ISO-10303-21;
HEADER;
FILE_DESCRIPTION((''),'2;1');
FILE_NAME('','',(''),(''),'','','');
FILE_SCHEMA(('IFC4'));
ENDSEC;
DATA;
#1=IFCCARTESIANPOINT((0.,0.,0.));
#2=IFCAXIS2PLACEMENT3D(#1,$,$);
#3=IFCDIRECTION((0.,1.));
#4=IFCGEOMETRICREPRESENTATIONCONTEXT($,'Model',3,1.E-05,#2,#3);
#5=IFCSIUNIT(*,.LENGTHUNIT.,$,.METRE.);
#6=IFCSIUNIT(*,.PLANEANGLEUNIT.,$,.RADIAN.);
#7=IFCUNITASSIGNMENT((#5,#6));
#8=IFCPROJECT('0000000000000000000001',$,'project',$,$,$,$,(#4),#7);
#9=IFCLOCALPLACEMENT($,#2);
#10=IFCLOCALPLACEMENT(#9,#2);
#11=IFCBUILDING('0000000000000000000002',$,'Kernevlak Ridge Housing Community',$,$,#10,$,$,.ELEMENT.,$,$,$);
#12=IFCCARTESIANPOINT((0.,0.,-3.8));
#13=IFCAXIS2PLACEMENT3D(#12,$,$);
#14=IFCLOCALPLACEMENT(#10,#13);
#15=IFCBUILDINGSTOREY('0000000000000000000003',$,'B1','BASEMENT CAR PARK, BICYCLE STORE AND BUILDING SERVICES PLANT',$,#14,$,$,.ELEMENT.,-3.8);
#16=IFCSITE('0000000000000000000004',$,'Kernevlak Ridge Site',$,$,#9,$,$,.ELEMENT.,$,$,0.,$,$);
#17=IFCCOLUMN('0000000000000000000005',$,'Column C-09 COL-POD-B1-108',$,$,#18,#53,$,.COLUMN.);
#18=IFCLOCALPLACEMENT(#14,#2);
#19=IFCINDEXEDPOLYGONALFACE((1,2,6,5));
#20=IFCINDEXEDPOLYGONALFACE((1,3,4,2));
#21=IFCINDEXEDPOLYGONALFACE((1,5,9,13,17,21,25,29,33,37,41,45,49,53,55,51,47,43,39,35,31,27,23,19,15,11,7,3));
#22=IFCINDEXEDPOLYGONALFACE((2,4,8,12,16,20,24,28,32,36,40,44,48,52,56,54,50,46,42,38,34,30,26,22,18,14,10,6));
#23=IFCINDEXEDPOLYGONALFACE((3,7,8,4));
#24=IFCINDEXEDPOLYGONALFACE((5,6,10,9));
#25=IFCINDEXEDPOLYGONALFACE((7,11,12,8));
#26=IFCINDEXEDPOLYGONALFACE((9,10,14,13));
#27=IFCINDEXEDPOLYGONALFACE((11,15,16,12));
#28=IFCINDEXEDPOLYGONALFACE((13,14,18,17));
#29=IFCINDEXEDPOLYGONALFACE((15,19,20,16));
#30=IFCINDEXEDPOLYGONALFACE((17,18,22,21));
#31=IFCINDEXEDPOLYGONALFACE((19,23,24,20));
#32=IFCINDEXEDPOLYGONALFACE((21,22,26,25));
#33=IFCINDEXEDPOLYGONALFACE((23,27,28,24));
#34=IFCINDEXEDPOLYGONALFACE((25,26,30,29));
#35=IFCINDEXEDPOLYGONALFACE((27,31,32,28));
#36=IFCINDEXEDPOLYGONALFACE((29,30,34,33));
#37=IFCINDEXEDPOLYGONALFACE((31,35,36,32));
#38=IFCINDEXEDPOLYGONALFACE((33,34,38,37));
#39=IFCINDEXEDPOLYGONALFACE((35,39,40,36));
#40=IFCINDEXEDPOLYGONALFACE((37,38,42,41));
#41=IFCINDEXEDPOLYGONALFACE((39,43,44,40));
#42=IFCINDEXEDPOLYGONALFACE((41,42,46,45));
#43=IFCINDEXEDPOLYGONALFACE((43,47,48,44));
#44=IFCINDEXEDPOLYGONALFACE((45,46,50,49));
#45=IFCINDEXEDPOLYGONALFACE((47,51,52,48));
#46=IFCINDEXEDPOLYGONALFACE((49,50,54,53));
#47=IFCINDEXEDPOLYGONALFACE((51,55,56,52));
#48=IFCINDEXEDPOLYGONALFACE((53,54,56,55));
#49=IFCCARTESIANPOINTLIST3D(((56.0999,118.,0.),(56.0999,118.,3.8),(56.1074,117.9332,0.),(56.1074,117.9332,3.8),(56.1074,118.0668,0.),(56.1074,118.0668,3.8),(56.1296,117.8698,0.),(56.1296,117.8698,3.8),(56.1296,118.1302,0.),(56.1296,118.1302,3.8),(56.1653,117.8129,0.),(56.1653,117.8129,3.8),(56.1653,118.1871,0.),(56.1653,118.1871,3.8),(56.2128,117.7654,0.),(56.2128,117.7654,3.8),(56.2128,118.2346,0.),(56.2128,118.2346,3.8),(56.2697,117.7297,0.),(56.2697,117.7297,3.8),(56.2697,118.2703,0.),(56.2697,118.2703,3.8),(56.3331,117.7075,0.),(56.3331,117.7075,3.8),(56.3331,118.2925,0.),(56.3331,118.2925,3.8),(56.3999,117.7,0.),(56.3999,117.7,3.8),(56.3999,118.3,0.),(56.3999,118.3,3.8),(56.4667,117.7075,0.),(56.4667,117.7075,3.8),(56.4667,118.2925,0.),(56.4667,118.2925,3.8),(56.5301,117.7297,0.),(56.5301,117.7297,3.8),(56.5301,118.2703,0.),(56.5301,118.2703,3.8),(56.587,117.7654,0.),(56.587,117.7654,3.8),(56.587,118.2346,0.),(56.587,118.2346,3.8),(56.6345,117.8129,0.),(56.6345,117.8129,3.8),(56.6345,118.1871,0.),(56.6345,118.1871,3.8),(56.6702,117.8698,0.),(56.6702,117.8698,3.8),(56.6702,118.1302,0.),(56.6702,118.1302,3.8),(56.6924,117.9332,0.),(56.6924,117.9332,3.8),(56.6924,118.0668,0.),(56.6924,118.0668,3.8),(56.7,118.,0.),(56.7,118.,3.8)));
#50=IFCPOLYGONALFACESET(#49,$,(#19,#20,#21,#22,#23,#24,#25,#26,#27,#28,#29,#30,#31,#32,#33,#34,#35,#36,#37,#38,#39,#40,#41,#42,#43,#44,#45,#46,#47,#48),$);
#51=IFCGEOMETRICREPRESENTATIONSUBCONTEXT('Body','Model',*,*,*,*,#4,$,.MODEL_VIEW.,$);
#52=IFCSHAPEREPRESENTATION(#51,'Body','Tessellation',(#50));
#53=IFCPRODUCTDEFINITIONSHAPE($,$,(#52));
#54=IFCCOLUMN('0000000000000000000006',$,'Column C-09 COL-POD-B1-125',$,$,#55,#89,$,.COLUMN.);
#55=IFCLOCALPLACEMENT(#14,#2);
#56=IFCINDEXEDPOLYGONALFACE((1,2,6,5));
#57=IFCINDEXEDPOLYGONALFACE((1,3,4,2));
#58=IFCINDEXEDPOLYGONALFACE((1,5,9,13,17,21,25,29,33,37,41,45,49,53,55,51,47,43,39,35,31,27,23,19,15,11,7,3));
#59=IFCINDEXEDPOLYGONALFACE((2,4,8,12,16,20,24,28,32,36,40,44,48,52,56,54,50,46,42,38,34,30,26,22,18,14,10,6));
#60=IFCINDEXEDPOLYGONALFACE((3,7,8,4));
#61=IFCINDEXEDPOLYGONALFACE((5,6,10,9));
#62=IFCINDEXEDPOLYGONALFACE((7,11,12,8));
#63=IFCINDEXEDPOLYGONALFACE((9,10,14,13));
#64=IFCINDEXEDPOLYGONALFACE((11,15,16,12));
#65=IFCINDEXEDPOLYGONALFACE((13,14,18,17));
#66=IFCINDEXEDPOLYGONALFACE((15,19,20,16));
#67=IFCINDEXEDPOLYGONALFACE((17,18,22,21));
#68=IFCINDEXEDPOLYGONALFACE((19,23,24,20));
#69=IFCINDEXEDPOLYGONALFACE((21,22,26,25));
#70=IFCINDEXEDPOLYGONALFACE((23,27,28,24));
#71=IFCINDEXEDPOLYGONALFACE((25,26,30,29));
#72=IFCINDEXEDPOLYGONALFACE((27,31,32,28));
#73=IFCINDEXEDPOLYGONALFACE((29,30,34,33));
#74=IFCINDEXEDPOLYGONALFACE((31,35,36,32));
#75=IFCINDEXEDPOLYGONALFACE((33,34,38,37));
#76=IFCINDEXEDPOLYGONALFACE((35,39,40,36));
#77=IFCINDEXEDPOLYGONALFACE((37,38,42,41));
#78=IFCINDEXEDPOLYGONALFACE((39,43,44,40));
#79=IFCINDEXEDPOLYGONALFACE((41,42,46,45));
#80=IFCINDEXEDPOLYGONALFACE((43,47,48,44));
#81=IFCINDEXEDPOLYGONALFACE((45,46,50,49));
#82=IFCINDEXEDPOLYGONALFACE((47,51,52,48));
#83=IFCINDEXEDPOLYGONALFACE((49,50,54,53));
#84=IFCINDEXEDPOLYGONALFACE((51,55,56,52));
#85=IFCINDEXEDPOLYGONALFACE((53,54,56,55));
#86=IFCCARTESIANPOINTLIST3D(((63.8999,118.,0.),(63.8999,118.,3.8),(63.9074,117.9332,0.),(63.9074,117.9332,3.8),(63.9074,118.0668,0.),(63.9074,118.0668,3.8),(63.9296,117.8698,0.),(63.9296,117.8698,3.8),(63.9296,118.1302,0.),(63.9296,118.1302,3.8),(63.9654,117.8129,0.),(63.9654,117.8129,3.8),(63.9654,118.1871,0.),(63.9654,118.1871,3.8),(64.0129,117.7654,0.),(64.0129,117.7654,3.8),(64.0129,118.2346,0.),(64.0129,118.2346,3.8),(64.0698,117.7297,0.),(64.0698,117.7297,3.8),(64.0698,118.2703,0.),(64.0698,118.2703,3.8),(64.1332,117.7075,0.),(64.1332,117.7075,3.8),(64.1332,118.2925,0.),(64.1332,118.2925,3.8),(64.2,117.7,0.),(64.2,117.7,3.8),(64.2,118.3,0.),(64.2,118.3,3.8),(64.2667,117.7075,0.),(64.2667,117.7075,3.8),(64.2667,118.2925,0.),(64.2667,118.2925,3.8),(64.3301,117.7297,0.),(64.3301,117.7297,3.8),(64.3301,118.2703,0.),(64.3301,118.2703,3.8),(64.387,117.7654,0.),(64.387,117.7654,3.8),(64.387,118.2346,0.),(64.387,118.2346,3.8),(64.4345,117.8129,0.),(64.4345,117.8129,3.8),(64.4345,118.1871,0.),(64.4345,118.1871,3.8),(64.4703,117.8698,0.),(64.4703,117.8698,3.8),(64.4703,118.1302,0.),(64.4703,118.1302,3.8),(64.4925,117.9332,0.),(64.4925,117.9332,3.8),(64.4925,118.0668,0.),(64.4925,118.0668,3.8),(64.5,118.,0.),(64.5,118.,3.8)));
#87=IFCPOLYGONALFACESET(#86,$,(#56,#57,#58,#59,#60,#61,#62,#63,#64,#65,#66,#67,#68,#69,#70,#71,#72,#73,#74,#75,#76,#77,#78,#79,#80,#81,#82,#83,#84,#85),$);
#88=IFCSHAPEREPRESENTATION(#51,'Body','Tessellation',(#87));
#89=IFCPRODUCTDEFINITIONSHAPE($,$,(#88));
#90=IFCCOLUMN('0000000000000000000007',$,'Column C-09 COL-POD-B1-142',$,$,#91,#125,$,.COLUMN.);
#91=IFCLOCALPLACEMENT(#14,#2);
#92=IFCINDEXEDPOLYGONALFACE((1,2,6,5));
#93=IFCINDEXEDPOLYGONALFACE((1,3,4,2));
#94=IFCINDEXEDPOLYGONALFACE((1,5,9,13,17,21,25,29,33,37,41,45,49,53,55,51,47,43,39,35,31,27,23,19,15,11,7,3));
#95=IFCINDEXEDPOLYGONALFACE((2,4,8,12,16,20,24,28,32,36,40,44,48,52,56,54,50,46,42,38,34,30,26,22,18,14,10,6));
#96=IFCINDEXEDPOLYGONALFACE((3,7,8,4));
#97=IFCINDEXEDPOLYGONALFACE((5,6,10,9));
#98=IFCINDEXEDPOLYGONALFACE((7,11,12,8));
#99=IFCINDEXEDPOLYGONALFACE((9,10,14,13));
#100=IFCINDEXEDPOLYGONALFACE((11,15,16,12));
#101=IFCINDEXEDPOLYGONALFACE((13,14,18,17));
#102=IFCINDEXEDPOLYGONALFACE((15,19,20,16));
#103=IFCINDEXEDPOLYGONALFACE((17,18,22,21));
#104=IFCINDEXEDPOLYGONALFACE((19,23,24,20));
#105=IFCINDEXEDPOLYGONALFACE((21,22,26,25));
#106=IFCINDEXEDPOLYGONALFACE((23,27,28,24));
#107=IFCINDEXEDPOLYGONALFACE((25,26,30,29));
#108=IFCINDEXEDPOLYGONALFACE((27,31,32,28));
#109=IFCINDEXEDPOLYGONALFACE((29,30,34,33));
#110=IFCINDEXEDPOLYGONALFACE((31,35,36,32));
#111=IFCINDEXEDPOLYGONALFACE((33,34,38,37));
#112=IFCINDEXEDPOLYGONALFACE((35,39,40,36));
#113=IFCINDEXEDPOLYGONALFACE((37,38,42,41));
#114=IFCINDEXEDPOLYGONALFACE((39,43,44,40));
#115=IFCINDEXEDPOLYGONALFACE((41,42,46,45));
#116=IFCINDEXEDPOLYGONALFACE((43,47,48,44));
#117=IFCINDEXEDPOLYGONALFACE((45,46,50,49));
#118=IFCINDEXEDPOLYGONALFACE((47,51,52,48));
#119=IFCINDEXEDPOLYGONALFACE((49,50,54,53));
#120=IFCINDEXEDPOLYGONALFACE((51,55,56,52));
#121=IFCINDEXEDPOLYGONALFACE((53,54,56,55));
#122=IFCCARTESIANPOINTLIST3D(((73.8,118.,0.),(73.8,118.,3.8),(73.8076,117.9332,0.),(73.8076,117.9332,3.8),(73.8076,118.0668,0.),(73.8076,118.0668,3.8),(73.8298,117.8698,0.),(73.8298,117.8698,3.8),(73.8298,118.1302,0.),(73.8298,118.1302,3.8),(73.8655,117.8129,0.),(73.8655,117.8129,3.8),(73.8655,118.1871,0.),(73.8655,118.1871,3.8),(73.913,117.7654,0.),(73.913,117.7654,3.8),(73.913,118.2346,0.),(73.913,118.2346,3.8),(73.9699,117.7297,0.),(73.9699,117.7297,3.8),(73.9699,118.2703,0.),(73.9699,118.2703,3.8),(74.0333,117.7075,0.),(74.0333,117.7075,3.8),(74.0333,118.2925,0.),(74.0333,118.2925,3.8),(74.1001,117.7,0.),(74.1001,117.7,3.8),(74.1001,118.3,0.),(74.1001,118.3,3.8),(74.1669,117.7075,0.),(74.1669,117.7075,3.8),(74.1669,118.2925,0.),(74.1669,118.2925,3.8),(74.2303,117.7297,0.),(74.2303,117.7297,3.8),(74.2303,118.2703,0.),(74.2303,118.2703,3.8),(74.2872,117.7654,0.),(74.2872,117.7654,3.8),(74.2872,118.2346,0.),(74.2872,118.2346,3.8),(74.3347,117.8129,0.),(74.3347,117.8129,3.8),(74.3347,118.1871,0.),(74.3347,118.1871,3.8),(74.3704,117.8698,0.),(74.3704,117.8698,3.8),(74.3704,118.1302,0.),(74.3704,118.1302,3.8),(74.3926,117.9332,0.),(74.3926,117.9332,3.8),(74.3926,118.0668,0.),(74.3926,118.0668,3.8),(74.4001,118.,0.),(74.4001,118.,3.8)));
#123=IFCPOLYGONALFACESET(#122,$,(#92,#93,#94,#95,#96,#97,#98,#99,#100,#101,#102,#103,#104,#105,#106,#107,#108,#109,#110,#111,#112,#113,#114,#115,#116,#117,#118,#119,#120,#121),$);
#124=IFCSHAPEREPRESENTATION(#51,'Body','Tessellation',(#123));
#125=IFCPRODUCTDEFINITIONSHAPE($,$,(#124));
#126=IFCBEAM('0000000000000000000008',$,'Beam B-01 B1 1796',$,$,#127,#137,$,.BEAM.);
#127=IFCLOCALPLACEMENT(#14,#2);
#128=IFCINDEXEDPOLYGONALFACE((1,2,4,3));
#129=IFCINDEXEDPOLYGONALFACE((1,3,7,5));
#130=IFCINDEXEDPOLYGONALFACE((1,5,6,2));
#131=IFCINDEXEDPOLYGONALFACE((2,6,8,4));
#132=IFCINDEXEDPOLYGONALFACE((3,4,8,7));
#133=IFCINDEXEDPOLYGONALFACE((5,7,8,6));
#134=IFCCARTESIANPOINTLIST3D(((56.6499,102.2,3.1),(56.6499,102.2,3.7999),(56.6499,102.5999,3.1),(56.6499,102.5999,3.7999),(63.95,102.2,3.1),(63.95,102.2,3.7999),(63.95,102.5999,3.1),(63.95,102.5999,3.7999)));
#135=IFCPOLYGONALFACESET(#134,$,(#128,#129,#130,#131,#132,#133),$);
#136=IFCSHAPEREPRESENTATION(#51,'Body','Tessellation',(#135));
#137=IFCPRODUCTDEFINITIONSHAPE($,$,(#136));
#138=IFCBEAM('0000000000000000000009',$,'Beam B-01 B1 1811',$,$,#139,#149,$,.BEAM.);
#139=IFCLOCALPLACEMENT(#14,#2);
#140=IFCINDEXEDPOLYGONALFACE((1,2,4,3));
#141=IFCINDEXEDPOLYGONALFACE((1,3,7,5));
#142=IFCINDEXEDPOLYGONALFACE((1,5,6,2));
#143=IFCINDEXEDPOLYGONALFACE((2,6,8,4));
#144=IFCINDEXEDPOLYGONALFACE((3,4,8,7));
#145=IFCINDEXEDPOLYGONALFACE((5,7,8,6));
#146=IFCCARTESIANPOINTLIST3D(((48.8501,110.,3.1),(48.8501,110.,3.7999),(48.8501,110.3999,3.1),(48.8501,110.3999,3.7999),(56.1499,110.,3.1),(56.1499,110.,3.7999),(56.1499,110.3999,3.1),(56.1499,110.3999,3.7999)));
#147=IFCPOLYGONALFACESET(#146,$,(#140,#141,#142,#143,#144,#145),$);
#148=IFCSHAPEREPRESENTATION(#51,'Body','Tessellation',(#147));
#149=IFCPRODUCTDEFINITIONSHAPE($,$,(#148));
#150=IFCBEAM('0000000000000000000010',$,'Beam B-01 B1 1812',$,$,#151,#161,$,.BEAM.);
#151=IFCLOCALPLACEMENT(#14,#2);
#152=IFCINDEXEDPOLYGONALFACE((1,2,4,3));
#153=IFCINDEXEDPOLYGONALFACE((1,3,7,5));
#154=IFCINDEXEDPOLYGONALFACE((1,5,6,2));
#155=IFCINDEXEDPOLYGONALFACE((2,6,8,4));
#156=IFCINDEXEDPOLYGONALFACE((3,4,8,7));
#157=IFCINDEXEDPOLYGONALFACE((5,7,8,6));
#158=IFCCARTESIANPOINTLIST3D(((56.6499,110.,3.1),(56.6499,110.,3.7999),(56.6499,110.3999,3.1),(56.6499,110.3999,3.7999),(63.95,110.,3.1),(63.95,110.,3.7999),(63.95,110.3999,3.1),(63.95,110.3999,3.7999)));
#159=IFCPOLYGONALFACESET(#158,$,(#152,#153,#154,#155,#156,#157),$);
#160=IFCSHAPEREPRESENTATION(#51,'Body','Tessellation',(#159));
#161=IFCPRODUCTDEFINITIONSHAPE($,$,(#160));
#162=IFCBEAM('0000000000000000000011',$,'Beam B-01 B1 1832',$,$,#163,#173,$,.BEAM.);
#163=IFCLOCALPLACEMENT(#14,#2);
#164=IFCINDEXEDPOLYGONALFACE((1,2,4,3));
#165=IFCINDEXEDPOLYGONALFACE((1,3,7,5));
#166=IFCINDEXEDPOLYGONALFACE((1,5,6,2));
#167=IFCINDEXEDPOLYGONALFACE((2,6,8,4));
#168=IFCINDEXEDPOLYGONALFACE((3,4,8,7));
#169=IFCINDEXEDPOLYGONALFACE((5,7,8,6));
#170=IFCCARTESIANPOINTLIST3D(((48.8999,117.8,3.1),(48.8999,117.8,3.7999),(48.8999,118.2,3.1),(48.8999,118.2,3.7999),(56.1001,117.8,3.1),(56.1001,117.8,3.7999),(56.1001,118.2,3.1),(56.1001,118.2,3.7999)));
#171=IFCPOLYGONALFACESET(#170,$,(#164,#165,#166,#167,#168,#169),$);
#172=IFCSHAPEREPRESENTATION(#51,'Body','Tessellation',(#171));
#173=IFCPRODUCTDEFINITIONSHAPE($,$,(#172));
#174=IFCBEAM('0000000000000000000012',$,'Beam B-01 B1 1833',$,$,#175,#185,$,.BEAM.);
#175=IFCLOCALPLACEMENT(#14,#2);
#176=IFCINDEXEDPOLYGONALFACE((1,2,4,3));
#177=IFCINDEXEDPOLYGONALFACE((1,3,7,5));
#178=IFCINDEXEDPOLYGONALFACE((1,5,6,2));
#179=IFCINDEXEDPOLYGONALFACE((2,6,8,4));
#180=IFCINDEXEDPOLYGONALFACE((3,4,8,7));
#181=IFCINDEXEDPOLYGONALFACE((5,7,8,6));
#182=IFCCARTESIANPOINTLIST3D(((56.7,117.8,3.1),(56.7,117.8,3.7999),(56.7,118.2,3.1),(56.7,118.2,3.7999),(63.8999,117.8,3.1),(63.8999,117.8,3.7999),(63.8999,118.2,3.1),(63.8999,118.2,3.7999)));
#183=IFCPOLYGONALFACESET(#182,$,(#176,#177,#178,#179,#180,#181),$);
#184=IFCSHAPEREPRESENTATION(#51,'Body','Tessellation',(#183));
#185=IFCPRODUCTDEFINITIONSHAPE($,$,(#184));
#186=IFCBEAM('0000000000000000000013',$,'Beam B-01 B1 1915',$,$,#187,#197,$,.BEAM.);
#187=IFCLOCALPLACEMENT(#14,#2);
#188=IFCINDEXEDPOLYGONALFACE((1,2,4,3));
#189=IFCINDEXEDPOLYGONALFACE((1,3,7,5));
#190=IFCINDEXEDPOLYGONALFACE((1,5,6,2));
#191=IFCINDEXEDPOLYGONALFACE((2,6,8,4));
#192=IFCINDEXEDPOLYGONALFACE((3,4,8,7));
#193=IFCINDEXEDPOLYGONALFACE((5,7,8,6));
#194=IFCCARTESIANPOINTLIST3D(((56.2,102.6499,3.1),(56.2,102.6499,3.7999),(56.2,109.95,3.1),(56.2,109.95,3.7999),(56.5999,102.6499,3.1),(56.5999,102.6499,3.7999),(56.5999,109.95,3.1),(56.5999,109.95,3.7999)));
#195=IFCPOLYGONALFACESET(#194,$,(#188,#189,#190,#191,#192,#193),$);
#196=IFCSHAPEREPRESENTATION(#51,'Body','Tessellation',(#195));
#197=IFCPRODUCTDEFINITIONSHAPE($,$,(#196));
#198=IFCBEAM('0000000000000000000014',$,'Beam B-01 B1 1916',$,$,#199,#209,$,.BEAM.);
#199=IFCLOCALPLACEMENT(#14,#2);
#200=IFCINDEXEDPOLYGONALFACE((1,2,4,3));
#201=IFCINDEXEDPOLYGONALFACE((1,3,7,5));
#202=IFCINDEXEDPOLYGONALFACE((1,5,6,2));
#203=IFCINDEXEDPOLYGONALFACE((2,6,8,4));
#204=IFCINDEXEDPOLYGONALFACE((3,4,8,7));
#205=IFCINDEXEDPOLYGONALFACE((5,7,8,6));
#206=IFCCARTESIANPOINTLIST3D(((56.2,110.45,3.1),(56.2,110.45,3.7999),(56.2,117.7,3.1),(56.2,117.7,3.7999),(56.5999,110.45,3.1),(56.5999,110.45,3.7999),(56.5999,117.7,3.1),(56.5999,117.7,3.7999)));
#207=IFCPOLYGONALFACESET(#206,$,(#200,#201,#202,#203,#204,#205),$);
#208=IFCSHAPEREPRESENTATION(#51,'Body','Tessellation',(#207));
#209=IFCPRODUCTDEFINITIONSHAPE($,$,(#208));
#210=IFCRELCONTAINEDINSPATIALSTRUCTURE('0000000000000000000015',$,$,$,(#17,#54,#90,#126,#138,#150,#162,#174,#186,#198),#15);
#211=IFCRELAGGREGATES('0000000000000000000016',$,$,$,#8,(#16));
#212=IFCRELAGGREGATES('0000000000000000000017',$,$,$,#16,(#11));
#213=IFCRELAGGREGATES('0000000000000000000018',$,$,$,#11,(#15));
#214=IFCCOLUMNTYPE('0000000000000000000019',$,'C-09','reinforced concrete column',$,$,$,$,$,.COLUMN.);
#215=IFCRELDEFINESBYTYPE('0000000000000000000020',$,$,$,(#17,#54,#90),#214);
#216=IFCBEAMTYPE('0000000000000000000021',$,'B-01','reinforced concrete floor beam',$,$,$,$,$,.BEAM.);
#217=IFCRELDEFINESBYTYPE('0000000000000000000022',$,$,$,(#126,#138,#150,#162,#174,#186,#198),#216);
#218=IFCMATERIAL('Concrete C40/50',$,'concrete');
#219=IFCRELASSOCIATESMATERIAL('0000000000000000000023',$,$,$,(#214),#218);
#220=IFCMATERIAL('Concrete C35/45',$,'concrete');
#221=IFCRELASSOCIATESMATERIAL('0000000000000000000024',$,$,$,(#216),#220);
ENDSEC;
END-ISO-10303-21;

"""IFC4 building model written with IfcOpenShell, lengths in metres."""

from ifc_helpers import new_model, si_unit, direction, frame, origin, origin_2d, place, context, subcontext, project, spatial, rectangle, circle, extrude, material, material_profile, profile_set, type_object, element, save


model = new_model("IFC4")

# Units and contexts
model_context = context("Model", 3, precision=1e-05, world=origin(), true_north=direction((0.0, 1.0)))
body_context = subcontext(model_context, "Body", "Model", "MODEL_VIEW")
ifc_project = project(units=[si_unit("LENGTHUNIT", "METRE"), si_unit("PLANEANGLEUNIT", "RADIAN")], contexts=[model_context])

# Site, building, storey
site_placement = place(None, origin())
site = spatial("IfcSite", under=ifc_project, at=site_placement, Name="Kernevlak Ridge Site", CompositionType="ELEMENT", RefElevation=0.0)
building_placement = place(site_placement, origin())
building = spatial("IfcBuilding", under=site, at=building_placement, Name="Kernevlak Ridge Housing Community", CompositionType="ELEMENT")
storey_placement = place(building_placement, frame((0.0, 0.0, -3.8)))
storey = spatial("IfcBuildingStorey", under=building, at=storey_placement, Name="B1", Description="BASEMENT CAR PARK, BICYCLE STORE AND BUILDING SERVICES PLANT", CompositionType="ELEMENT", Elevation=-3.8)

# Shared definitions
ifc_material_1 = material(Name="Concrete C35/45", Category="concrete")

# Columns
ifc_material_2 = material(Name="Concrete C40/50", Category="concrete")
ifc_material_profile_1 = material_profile(ifc_material_2, circle(Radius=0.3, at=origin_2d()), Name="RC D600")
ifc_profile_set_1 = profile_set([ifc_material_profile_1], Name="Concrete C40/50")
column_type_1 = type_object("IfcColumnType", Name="C-09", Description="reinforced concrete column", PredefinedType="COLUMN", material=ifc_profile_set_1)
for number, where, z_axis, x_axis, name in (
    (1, (56.3999, 118.0, 0.0), (0.0, 0.0, 1.0), (1.0, 0.0, 0.0), "Column C-09 COL-POD-B1-108"),
    (2, (64.2, 118.0, 0.0), (0.0, 0.0, 1.0), (1.0, 0.0, 0.0), "Column C-09 COL-POD-B1-125"),
    (3, (74.1001, 118.0, 0.0), (0.0, 0.0, 1.0), (1.0, 0.0, 0.0), "Column C-09 COL-POD-B1-142"),
):
    element("IfcColumn", number, at=place(storey_placement, frame(where, z_axis=z_axis, x_axis=x_axis)), inside=storey, type_object=column_type_1, Name=name, PredefinedType="COLUMN", context=body_context, shape_type="SweptSolid", body=[
        extrude(circle(Radius=0.3, at=origin_2d()), origin(), (0.0, 0.0, 1.0), 3.8),
    ])

# Beams
ifc_material_profile_2 = material_profile(ifc_material_1, rectangle(XDim=0.3999, YDim=0.7, at=origin_2d()), Name="RC 400x700")
ifc_profile_set_2 = profile_set([ifc_material_profile_2], Name="Concrete C35/45")
beam_type_1 = type_object("IfcBeamType", Name="B-01", Description="reinforced concrete floor beam", PredefinedType="BEAM", material=ifc_profile_set_2)
beam_1_placement = place(storey_placement, frame((56.6499, 102.3999, 3.45), z_axis=(1.0, 0.0, 0.0), x_axis=(0.0, 1.0, 0.0)))
element("IfcBeam", 4, at=beam_1_placement, inside=storey, type_object=beam_type_1, Name="Beam B-01 B1 1796", PredefinedType="BEAM", context=body_context, shape_type="SweptSolid", body=[
    extrude(rectangle(XDim=0.3999, YDim=0.7, at=origin_2d()), origin(), (0.0, 0.0, 1.0), 7.3),
])
beam_2_placement = place(storey_placement, frame((48.8501, 110.2, 3.45), z_axis=(1.0, 0.0, 0.0), x_axis=(0.0, 1.0, 0.0)))
element("IfcBeam", 5, at=beam_2_placement, inside=storey, type_object=beam_type_1, Name="Beam B-01 B1 1811", PredefinedType="BEAM", context=body_context, shape_type="SweptSolid", body=[
    extrude(rectangle(XDim=0.3999, YDim=0.7, at=origin_2d()), origin(), (0.0, 0.0, 1.0), 7.2998),
])
beam_3_placement = place(storey_placement, frame((56.6499, 110.2, 3.45), z_axis=(1.0, 0.0, 0.0), x_axis=(0.0, 1.0, 0.0)))
element("IfcBeam", 6, at=beam_3_placement, inside=storey, type_object=beam_type_1, Name="Beam B-01 B1 1812", PredefinedType="BEAM", context=body_context, shape_type="SweptSolid", body=[
    extrude(rectangle(XDim=0.3999, YDim=0.7, at=origin_2d()), origin(), (0.0, 0.0, 1.0), 7.3),
])
beam_4_placement = place(storey_placement, frame((48.8999, 118.0, 3.45), z_axis=(1.0, 0.0, 0.0), x_axis=(0.0, 1.0, 0.0)))
element("IfcBeam", 7, at=beam_4_placement, inside=storey, type_object=beam_type_1, Name="Beam B-01 B1 1832", PredefinedType="BEAM", context=body_context, shape_type="SweptSolid", body=[
    extrude(rectangle(XDim=0.3999, YDim=0.7, at=origin_2d()), origin(), (0.0, 0.0, 1.0), 7.2002),
])
beam_5_placement = place(storey_placement, frame((56.7, 118.0, 3.45), z_axis=(1.0, 0.0, 0.0), x_axis=(0.0, 1.0, 0.0)))
element("IfcBeam", 8, at=beam_5_placement, inside=storey, type_object=beam_type_1, Name="Beam B-01 B1 1833", PredefinedType="BEAM", context=body_context, shape_type="SweptSolid", body=[
    extrude(rectangle(XDim=0.3999, YDim=0.7, at=origin_2d()), origin(), (0.0, 0.0, 1.0), 7.2),
])
beam_6_placement = place(storey_placement, frame((56.3999, 102.6499, 3.45), z_axis=(0.0, 1.0, 0.0), x_axis=(-1.0, 0.0, 0.0)))
element("IfcBeam", 9, at=beam_6_placement, inside=storey, type_object=beam_type_1, Name="Beam B-01 B1 1915", PredefinedType="BEAM", context=body_context, shape_type="SweptSolid", body=[
    extrude(rectangle(XDim=0.3999, YDim=0.7, at=origin_2d()), origin(), (0.0, 0.0, 1.0), 7.3),
])
beam_7_placement = place(storey_placement, frame((56.3999, 110.45, 3.45), z_axis=(0.0, 1.0, 0.0), x_axis=(-1.0, 0.0, 0.0)))
element("IfcBeam", 10, at=beam_7_placement, inside=storey, type_object=beam_type_1, Name="Beam B-01 B1 1916", PredefinedType="BEAM", context=body_context, shape_type="SweptSolid", body=[
    extrude(rectangle(XDim=0.3999, YDim=0.7, at=origin_2d()), origin(), (0.0, 0.0, 1.0), 7.25),
])

save(model, "model.ifc")
